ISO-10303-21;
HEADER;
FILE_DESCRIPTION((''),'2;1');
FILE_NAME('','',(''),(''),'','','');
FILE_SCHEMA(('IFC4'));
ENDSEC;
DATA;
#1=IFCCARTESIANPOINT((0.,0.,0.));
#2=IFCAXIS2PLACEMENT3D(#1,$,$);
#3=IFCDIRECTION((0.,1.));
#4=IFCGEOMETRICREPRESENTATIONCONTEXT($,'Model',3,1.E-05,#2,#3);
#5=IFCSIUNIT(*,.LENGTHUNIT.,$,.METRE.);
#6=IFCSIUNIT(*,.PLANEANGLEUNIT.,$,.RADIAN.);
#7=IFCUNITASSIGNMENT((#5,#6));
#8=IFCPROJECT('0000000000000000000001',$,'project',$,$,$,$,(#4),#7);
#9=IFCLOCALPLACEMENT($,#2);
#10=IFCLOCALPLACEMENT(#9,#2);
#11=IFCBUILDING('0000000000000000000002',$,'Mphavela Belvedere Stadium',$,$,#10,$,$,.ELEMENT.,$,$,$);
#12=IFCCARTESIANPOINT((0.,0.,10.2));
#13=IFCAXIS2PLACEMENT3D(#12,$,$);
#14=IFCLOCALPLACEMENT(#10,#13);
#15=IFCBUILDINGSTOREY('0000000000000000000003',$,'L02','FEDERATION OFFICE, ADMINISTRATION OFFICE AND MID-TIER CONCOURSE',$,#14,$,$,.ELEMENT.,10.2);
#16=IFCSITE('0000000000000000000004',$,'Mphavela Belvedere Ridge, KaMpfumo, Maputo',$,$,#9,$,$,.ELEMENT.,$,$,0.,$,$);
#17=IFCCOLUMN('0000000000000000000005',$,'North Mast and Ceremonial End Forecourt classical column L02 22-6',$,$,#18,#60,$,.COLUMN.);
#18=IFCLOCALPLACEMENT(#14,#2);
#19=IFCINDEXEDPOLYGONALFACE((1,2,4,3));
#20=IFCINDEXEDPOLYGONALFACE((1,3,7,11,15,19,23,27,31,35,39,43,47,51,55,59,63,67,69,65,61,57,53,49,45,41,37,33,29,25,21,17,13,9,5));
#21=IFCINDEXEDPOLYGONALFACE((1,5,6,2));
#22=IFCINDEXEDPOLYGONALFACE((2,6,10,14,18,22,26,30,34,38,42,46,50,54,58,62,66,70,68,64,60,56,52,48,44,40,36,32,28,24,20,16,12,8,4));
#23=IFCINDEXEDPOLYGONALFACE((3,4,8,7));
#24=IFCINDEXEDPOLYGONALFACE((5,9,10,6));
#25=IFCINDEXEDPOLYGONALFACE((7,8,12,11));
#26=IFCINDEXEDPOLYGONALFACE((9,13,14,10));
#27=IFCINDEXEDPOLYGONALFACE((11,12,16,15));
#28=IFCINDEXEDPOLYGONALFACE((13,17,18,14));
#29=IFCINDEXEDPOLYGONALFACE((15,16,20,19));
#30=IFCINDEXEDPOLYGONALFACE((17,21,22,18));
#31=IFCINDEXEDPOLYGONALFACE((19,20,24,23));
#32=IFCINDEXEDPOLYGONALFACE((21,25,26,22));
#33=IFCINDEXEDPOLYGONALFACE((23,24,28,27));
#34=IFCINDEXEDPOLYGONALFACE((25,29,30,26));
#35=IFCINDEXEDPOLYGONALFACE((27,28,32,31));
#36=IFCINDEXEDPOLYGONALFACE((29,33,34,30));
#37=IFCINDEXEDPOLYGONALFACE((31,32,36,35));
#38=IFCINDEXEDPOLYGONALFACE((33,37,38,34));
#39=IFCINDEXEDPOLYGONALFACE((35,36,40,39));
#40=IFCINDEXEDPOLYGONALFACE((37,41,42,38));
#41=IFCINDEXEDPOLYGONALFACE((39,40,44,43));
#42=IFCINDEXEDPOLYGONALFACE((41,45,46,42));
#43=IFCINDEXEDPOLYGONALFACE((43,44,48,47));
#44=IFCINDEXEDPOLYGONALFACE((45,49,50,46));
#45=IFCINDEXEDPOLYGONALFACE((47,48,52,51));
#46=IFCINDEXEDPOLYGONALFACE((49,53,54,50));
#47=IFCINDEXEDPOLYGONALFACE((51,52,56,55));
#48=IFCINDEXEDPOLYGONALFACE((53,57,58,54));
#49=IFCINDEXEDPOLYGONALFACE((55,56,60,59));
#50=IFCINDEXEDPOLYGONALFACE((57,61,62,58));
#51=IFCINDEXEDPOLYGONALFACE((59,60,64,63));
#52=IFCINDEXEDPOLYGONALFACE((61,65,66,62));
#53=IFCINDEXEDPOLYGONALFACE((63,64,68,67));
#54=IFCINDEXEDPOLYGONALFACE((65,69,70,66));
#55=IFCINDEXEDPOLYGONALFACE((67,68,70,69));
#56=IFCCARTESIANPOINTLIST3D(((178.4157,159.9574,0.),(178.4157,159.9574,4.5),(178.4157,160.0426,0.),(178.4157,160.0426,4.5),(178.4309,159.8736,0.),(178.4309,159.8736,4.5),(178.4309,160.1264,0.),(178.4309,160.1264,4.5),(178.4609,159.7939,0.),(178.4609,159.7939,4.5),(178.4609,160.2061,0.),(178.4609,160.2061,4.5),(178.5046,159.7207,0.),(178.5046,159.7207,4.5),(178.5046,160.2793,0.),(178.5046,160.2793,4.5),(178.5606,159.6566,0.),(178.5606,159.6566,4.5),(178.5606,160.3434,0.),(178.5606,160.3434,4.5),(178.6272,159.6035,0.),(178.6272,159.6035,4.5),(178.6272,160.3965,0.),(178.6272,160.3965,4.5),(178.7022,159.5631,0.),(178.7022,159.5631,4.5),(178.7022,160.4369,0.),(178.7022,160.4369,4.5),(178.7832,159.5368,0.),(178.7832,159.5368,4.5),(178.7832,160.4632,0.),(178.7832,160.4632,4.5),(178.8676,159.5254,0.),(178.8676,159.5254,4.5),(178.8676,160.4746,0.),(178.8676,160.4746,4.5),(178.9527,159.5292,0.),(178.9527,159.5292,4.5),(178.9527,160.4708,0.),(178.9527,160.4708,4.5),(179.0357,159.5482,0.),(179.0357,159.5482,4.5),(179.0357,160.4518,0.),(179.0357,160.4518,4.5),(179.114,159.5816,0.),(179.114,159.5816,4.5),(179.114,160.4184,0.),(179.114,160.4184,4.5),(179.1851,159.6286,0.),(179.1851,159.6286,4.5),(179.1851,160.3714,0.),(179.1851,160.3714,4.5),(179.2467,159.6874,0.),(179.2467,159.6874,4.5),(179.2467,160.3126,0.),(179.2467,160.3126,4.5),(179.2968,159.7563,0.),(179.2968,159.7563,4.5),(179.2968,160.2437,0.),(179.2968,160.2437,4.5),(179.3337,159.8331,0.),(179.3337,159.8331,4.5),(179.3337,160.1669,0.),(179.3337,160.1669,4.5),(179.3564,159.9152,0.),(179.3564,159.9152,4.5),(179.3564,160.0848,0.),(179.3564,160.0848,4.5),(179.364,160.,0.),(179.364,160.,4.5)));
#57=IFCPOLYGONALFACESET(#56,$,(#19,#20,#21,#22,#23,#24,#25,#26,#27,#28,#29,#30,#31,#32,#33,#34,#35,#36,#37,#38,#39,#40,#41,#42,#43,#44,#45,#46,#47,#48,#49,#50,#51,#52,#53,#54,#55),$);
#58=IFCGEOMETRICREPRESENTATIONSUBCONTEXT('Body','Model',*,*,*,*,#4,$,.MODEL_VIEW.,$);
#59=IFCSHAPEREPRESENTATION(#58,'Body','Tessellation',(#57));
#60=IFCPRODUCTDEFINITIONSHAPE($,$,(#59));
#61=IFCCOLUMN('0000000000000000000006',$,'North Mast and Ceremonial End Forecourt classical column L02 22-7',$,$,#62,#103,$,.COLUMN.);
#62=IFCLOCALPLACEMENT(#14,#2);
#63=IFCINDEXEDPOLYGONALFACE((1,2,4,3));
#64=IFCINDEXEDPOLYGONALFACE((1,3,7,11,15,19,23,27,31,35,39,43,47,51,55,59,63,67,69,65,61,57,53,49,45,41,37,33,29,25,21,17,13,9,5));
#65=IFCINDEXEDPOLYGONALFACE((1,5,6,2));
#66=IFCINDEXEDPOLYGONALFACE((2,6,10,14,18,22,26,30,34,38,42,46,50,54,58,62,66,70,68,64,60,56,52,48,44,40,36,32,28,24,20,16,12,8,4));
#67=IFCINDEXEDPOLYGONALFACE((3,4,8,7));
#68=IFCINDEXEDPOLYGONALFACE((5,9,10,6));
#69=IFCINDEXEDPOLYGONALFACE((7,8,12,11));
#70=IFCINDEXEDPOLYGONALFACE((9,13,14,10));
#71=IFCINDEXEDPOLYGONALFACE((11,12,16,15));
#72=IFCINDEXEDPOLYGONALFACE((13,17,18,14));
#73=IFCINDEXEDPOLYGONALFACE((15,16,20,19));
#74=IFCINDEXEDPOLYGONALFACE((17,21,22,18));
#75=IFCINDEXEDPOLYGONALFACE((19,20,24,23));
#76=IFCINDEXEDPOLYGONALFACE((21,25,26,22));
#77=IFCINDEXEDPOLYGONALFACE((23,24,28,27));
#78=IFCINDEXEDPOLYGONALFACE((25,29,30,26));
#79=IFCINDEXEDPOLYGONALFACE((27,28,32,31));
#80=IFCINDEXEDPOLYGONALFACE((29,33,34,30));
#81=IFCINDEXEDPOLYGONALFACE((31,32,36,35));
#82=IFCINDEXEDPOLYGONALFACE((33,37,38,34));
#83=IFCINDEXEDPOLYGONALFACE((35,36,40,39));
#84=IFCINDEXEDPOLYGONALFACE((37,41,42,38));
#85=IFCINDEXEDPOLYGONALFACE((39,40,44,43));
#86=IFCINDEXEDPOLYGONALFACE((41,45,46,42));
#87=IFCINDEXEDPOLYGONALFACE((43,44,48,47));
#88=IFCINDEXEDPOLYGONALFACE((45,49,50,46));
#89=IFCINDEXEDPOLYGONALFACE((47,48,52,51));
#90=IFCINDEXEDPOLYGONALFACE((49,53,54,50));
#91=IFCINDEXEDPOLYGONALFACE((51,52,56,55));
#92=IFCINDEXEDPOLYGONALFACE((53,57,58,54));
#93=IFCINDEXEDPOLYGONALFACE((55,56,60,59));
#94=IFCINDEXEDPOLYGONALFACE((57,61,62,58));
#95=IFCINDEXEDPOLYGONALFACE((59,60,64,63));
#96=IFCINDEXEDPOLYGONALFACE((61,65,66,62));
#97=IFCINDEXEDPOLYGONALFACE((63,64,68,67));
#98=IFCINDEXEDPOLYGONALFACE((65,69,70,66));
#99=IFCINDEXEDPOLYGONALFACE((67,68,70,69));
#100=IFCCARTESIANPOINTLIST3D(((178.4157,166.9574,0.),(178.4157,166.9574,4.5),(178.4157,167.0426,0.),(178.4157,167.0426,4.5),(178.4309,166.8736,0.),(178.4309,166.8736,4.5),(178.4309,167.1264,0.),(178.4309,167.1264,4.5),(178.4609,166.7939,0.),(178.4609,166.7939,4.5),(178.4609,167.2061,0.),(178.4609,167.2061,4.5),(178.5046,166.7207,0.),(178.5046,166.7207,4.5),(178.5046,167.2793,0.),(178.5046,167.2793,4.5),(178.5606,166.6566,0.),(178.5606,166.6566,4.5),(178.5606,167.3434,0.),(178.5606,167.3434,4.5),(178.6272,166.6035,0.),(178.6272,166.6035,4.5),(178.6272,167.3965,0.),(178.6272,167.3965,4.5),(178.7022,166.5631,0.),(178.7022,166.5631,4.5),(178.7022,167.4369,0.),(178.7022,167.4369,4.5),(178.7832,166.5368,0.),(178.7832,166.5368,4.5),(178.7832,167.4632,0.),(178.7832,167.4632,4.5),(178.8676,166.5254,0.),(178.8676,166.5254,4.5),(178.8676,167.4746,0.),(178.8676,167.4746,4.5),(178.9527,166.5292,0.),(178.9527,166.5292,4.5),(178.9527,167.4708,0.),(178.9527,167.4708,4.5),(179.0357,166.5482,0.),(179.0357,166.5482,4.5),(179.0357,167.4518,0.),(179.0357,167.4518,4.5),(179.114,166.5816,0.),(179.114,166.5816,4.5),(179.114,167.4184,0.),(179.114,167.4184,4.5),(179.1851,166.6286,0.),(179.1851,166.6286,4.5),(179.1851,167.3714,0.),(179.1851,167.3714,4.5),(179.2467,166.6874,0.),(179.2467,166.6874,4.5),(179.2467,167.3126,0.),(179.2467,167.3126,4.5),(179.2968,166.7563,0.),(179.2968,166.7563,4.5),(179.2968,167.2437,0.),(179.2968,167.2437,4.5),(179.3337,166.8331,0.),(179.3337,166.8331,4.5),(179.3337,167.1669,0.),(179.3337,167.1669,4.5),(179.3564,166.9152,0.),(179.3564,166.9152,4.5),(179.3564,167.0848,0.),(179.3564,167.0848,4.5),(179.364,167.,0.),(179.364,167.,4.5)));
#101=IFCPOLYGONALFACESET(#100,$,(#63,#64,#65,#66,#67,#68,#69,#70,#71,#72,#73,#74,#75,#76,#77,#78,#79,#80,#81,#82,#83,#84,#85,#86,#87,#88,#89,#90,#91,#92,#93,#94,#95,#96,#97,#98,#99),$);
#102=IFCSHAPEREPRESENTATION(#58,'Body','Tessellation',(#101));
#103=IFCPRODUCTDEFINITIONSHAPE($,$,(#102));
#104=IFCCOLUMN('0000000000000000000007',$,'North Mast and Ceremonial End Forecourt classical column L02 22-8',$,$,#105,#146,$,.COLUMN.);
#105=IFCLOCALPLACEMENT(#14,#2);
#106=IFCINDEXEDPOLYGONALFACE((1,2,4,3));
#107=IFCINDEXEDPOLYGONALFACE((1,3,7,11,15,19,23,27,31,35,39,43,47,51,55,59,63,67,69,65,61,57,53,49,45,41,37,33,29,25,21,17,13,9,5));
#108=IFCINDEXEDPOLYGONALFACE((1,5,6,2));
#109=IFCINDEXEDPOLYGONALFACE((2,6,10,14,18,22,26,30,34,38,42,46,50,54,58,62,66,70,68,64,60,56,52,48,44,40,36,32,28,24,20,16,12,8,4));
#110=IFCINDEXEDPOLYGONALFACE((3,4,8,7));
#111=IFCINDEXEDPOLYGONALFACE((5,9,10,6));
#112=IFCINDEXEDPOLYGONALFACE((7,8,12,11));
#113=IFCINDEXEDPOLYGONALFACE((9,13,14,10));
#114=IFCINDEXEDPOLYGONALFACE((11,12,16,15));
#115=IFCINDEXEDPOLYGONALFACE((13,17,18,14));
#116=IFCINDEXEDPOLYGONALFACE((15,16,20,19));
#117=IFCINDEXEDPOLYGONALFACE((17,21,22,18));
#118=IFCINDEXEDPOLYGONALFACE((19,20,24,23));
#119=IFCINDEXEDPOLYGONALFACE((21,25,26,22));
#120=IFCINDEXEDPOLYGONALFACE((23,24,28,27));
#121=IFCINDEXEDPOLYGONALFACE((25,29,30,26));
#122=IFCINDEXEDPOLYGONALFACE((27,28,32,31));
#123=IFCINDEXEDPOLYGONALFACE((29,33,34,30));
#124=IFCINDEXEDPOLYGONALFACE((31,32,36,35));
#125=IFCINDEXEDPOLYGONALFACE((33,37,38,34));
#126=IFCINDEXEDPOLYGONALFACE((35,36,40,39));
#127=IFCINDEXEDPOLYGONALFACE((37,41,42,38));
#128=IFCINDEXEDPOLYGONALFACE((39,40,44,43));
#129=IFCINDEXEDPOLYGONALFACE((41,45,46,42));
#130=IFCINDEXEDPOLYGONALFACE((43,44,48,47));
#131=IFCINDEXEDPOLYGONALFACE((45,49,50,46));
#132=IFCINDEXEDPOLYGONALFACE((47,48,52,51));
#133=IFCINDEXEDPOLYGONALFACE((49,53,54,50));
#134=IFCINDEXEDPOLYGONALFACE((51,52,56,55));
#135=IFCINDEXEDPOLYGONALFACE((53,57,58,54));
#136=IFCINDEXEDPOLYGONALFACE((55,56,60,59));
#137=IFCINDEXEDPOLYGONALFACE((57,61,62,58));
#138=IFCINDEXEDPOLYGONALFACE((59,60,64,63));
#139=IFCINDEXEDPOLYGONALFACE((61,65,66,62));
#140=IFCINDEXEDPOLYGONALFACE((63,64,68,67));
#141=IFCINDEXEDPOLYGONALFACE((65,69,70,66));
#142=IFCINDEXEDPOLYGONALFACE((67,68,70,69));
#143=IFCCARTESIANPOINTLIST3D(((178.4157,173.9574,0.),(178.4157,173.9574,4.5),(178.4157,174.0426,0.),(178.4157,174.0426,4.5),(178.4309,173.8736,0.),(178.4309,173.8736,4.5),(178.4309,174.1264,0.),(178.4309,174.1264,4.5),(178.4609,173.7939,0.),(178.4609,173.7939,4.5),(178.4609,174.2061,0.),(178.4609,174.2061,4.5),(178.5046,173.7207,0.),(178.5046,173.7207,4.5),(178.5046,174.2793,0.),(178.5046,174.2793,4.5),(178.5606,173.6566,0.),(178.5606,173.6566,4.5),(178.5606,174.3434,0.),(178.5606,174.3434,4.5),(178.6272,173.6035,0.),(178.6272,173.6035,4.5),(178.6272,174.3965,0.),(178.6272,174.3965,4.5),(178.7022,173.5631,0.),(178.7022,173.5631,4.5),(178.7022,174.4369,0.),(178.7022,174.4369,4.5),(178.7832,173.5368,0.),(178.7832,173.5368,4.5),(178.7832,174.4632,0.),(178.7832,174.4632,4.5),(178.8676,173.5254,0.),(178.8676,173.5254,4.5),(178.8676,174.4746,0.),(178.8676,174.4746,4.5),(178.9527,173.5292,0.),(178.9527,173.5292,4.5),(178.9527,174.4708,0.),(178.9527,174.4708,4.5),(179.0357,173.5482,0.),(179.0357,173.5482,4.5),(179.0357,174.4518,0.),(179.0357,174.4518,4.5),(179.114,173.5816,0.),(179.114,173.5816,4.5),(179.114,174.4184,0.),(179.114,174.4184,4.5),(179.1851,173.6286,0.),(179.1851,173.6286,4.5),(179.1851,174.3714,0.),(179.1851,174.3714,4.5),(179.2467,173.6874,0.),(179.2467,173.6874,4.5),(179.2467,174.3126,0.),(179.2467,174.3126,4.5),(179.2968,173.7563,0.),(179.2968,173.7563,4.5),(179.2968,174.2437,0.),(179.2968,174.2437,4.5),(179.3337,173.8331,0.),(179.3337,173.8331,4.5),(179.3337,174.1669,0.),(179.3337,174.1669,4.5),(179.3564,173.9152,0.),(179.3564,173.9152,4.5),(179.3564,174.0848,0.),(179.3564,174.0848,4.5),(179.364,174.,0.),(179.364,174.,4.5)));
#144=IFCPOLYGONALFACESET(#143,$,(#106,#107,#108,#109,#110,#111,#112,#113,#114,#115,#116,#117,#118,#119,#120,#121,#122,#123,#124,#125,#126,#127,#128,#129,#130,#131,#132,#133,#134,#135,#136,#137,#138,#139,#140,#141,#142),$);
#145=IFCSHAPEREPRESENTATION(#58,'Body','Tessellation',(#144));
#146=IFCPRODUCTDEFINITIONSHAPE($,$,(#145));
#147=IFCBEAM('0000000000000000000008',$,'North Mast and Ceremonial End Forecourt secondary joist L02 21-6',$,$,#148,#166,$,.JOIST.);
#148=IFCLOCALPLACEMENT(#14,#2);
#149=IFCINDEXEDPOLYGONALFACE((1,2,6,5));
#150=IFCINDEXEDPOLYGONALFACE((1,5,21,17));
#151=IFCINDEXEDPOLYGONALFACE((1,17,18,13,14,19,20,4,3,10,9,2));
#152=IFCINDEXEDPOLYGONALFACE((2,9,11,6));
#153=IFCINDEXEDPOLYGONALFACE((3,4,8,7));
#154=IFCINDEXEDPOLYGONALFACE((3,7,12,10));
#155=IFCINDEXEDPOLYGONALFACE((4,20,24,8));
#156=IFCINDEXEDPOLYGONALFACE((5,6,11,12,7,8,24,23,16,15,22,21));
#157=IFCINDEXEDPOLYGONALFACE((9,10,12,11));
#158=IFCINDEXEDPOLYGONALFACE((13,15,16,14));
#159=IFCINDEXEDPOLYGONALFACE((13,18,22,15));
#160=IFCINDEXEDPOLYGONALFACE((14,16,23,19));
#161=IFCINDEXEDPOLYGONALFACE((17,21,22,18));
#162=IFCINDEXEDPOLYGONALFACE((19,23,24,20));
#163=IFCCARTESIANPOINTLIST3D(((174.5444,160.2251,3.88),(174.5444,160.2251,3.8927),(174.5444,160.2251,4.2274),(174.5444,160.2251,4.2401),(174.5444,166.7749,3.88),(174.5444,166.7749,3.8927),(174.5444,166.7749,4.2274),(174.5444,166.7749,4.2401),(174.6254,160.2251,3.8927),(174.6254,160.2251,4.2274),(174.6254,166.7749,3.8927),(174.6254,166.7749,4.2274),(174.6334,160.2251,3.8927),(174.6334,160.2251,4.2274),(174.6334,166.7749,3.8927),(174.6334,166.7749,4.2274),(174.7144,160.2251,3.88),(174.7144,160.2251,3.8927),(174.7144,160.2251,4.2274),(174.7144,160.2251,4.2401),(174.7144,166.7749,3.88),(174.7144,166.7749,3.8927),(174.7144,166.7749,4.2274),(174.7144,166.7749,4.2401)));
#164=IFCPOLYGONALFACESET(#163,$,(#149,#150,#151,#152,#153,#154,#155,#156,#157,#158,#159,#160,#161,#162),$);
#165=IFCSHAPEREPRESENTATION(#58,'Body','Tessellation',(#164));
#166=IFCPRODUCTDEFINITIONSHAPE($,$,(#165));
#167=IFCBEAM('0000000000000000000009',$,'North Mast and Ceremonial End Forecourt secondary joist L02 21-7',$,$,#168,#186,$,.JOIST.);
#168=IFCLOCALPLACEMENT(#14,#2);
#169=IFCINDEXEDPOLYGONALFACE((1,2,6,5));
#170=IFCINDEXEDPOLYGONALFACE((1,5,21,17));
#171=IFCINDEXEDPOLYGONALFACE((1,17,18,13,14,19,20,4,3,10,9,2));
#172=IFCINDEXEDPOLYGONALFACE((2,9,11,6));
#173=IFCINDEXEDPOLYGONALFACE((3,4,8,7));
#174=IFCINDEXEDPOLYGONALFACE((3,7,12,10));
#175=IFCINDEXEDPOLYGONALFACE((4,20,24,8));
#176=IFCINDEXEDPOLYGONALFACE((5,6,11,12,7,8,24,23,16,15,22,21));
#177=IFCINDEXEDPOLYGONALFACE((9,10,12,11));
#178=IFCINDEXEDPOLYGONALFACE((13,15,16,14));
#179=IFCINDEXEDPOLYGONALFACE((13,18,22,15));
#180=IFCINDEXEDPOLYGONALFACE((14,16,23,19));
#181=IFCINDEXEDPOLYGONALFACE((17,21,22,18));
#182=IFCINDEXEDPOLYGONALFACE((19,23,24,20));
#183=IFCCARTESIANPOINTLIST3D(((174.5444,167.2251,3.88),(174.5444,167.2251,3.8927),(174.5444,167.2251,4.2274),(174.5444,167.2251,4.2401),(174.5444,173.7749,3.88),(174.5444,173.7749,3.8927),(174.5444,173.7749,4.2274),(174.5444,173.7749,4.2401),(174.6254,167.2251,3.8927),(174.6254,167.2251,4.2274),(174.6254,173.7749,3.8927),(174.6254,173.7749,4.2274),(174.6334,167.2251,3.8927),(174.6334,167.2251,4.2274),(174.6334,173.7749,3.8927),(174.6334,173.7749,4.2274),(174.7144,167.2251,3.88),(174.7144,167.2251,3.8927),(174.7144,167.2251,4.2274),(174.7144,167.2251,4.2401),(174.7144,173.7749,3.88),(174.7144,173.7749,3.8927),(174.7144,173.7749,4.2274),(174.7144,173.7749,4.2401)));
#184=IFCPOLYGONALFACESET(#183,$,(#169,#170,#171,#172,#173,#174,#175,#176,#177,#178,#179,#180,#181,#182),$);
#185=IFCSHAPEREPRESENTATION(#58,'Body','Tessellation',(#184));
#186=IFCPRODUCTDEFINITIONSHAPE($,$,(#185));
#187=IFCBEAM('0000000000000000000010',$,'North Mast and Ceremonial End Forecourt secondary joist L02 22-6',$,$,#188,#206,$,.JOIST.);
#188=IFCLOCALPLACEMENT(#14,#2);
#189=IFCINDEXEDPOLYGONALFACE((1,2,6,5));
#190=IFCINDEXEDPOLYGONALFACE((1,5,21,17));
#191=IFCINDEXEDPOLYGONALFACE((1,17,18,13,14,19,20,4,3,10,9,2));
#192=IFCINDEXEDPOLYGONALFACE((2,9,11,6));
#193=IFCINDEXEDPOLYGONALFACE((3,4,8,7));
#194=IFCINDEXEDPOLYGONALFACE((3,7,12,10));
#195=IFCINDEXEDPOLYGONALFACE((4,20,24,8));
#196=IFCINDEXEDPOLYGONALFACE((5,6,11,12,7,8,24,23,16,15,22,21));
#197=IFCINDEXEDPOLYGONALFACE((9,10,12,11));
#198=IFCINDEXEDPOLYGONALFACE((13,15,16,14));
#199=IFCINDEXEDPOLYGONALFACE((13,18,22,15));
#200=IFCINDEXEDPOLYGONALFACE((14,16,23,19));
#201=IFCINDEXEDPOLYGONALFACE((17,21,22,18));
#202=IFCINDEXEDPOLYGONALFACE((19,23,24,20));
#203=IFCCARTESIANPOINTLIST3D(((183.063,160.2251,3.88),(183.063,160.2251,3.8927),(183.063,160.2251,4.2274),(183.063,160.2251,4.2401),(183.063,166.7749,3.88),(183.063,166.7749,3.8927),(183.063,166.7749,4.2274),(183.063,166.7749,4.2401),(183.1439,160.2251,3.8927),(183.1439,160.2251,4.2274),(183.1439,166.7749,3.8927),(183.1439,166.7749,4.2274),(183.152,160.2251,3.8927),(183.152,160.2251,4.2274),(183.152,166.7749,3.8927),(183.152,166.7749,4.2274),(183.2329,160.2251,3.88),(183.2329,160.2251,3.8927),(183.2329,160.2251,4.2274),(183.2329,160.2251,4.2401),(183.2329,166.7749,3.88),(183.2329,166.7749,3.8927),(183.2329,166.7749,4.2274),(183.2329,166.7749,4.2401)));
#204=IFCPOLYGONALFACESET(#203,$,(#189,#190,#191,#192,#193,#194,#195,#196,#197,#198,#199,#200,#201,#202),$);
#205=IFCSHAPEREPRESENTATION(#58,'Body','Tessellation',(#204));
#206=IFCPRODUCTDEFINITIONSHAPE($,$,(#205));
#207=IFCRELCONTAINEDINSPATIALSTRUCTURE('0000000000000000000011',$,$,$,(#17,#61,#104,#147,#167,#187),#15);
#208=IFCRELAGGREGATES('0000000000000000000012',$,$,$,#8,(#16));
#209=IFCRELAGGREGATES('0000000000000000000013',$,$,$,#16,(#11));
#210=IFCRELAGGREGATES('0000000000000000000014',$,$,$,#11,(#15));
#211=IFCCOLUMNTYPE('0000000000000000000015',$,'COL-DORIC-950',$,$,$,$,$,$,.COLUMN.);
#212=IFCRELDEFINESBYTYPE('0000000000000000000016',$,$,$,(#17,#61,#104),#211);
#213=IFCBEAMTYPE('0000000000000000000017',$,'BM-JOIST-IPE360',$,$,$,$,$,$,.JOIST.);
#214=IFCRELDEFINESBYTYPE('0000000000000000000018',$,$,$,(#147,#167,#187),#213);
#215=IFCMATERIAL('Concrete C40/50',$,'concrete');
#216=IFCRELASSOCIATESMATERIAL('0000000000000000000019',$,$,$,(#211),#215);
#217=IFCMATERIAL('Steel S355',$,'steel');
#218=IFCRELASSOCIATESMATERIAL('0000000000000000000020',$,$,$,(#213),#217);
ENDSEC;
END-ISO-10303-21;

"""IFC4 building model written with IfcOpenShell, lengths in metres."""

from ifc_helpers import new_model, si_unit, direction, frame, origin, origin_2d, place, context, subcontext, project, spatial, circle, i_section, extrude, material, material_profile, profile_set, type_object, element, save


model = new_model("IFC4")

# Units and contexts
model_context = context("Model", 3, precision=1e-05, world=origin(), true_north=direction((0.0, 1.0)))
body_context = subcontext(model_context, "Body", "Model", "MODEL_VIEW")
ifc_project = project(units=[si_unit("LENGTHUNIT", "METRE"), si_unit("PLANEANGLEUNIT", "RADIAN")], contexts=[model_context])

# Site, building, storey
site_placement = place(None, origin())
site = spatial("IfcSite", under=ifc_project, at=site_placement, Name="Mphavela Belvedere Ridge, KaMpfumo, Maputo", CompositionType="ELEMENT", RefElevation=0.0)
building_placement = place(site_placement, origin())
building = spatial("IfcBuilding", under=site, at=building_placement, Name="Mphavela Belvedere Stadium", CompositionType="ELEMENT")
storey_placement = place(building_placement, frame((0.0, 0.0, 10.2)))
storey = spatial("IfcBuildingStorey", under=building, at=storey_placement, Name="L02", Description="FEDERATION OFFICE, ADMINISTRATION OFFICE AND MID-TIER CONCOURSE", CompositionType="ELEMENT", Elevation=10.2)

# Columns
ifc_material_1 = material(Name="Concrete C40/50", Category="concrete")
ifc_material_profile_1 = material_profile(ifc_material_1, circle(Radius=0.4751, at=origin_2d()), Name="COL D950")
ifc_profile_set_1 = profile_set([ifc_material_profile_1], Name="Concrete C40/50")
column_type = type_object("IfcColumnType", Name="COL-DORIC-950", PredefinedType="COLUMN", material=ifc_profile_set_1)
for number, where, z_axis, x_axis, name in (
    (1, (178.8889, 160.0, 0.0), (0.0, 0.0, 1.0), (1.0, 0.0, 0.0), "North Mast and Ceremonial End Forecourt classical column L02 22-6"),
    (2, (178.8889, 167.0, 0.0), (0.0, 0.0, 1.0), (1.0, 0.0, 0.0), "North Mast and Ceremonial End Forecourt classical column L02 22-7"),
    (3, (178.8889, 174.0, 0.0), (0.0, 0.0, 1.0), (1.0, 0.0, 0.0), "North Mast and Ceremonial End Forecourt classical column L02 22-8"),
):
    element("IfcColumn", number, at=place(storey_placement, frame(where, z_axis=z_axis, x_axis=x_axis)), inside=storey, type_object=column_type, Name=name, PredefinedType="COLUMN", context=body_context, shape_type="SweptSolid", body=[
        extrude(circle(Radius=0.4751, at=origin_2d()), origin(), (0.0, 0.0, 1.0), 4.5),
    ])

# Beams
ifc_material_2 = material(Name="Steel S355", Category="steel")
ifc_material_profile_2 = material_profile(ifc_material_2, i_section(OverallWidth=0.1699, OverallDepth=0.3601, WebThickness=0.0081, FlangeThickness=0.0127, at=origin_2d()), Name="IPE 360")
ifc_profile_set_2 = profile_set([ifc_material_profile_2], Name="Steel S355")
beam_type_1 = type_object("IfcBeamType", Name="BM-JOIST-IPE360", PredefinedType="JOIST", material=ifc_profile_set_2)
for number, where, z_axis, x_axis, name in (
    (4, (174.6294, 160.2251, 4.0601), (0.0, 1.0, 0.0), (-1.0, 0.0, 0.0), "North Mast and Ceremonial End Forecourt secondary joist L02 21-6"),
    (5, (174.6294, 167.2251, 4.0601), (0.0, 1.0, 0.0), (-1.0, 0.0, 0.0), "North Mast and Ceremonial End Forecourt secondary joist L02 21-7"),
    (6, (183.1479, 160.2251, 4.0601), (0.0, 1.0, 0.0), (-1.0, 0.0, 0.0), "North Mast and Ceremonial End Forecourt secondary joist L02 22-6"),
):
    element("IfcBeam", number, at=place(storey_placement, frame(where, z_axis=z_axis, x_axis=x_axis)), inside=storey, type_object=beam_type_1, Name=name, PredefinedType="JOIST", context=body_context, shape_type="SweptSolid", body=[
        extrude(i_section(OverallWidth=0.1699, OverallDepth=0.3601, WebThickness=0.0081, FlangeThickness=0.0127, at=origin_2d()), origin(), (0.0, 0.0, 1.0), 6.5498),
    ])

save(model, "model.ifc")
